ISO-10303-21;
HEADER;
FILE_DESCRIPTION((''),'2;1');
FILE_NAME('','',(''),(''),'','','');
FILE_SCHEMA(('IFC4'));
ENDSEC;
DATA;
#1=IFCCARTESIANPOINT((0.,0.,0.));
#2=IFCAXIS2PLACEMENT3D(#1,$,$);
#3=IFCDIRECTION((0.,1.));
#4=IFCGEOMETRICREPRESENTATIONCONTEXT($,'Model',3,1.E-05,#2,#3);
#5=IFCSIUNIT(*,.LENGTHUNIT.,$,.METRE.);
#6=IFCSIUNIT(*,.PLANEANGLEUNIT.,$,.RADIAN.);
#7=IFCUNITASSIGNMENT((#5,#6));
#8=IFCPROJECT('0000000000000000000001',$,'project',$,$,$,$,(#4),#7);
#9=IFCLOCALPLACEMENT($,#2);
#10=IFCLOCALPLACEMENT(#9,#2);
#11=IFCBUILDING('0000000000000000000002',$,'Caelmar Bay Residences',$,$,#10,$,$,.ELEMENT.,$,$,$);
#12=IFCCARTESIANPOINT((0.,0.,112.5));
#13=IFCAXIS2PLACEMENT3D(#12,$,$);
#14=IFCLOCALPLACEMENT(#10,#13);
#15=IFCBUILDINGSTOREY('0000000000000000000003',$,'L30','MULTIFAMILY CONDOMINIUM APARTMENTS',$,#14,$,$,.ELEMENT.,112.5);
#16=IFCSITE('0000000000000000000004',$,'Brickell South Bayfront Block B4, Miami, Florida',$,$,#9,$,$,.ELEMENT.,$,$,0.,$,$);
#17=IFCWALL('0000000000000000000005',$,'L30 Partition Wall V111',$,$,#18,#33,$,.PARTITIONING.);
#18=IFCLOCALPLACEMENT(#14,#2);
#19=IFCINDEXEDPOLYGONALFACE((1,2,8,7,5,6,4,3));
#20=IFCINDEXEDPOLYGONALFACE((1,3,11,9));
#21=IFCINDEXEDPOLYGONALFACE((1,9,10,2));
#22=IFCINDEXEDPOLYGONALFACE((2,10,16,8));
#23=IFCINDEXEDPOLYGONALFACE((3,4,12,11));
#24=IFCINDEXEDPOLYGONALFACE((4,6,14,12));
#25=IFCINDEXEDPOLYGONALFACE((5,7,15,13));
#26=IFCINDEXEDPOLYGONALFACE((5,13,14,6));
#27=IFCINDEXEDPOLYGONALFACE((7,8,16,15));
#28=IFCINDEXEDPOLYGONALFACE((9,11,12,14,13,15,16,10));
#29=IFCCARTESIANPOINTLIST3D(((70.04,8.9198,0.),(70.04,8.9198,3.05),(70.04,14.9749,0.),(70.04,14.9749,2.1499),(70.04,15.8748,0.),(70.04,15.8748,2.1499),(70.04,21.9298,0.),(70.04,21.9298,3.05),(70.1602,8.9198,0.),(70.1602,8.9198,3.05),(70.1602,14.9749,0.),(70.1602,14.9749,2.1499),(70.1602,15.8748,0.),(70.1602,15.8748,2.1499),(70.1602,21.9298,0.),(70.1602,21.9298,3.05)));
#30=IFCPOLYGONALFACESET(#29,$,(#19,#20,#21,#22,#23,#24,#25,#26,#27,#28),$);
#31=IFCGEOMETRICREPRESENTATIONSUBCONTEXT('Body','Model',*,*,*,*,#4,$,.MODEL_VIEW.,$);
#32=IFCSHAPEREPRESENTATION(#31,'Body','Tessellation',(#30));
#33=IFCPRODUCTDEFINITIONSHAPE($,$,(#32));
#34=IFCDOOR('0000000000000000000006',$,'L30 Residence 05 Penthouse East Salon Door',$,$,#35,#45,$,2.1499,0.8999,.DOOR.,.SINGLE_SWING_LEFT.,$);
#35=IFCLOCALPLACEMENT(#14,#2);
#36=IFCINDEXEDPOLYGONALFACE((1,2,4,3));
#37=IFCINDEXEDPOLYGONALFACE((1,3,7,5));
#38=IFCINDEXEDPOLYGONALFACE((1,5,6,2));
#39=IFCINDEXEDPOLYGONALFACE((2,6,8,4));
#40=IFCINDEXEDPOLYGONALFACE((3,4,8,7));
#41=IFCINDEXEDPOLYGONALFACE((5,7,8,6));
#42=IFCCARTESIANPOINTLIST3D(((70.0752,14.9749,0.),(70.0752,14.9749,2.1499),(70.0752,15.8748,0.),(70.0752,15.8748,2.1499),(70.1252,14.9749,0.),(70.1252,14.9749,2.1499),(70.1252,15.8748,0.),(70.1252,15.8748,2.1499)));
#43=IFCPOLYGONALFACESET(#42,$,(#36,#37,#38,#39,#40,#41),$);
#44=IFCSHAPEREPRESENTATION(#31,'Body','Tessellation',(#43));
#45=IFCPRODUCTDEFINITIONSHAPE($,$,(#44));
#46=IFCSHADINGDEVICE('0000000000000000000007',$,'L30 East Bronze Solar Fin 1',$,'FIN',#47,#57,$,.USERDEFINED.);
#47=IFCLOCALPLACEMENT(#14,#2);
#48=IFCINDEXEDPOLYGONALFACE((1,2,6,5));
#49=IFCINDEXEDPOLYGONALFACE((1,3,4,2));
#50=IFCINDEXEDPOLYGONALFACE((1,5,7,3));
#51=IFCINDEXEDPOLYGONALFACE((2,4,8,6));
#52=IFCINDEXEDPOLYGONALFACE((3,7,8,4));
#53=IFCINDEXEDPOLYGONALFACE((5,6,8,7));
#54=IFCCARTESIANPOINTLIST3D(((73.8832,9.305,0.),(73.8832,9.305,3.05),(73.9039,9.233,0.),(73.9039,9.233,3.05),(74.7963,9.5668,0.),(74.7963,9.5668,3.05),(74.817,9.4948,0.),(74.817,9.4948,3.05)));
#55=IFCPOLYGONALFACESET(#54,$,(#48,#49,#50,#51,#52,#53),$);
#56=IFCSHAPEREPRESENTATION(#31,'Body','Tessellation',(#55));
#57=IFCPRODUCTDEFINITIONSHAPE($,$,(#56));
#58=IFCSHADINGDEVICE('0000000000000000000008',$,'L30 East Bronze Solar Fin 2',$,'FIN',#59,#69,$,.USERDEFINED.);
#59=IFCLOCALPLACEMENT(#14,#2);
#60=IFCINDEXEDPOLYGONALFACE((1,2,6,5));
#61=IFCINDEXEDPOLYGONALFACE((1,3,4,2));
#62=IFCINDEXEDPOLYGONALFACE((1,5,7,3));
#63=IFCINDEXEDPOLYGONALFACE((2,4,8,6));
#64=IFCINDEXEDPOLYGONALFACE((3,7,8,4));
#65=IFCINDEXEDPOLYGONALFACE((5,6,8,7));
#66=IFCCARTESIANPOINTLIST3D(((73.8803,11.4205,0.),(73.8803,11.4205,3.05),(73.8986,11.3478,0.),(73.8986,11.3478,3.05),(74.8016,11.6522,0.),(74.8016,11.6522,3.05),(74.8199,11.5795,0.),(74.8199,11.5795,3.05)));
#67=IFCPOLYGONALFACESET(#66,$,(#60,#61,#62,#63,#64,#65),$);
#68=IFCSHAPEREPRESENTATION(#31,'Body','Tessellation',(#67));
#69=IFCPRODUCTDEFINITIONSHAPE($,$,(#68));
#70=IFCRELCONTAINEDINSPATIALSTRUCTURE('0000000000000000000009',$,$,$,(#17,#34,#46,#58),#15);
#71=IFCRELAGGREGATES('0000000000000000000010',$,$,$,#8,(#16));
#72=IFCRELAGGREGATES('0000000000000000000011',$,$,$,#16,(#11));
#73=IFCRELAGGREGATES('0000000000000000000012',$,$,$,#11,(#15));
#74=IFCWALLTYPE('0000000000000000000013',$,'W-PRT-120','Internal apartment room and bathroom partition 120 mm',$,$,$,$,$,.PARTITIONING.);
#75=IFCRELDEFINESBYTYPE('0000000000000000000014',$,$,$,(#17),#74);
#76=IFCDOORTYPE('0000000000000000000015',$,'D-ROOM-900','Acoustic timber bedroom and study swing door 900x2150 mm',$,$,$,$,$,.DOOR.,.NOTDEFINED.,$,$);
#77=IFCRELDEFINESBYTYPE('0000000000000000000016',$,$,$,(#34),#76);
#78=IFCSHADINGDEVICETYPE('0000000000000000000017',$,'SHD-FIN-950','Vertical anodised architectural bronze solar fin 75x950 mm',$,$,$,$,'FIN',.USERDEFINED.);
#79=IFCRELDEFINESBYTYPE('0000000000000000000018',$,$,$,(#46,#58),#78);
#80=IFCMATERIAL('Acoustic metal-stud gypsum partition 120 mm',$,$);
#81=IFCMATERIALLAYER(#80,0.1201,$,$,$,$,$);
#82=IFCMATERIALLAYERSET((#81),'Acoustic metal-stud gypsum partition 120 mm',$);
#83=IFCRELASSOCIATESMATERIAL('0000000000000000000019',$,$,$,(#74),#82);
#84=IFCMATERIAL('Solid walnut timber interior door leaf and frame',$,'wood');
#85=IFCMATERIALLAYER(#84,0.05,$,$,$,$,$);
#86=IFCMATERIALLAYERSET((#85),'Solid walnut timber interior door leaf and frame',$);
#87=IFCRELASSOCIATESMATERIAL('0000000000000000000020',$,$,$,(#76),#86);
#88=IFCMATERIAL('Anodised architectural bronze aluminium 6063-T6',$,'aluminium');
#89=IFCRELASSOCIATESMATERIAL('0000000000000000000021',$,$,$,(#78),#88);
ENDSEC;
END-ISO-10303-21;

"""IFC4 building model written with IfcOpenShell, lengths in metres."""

from ifc_helpers import new_model, si_unit, direction, frame, frame_2d, origin, origin_2d, place, context, subcontext, project, spatial, rectangle, extrude, material, layer, layer_set, material_profile, profile_set, type_object, element, fill, save


model = new_model("IFC4")

# Units and contexts
model_context = context("Model", 3, precision=1e-05, world=origin(), true_north=direction((0.0, 1.0)))
body_context = subcontext(model_context, "Body", "Model", "MODEL_VIEW")
ifc_project = project(units=[si_unit("LENGTHUNIT", "METRE"), si_unit("PLANEANGLEUNIT", "RADIAN")], contexts=[model_context])

# Site, building, storey
site_placement = place(None, origin())
site = spatial("IfcSite", under=ifc_project, at=site_placement, Name="Brickell South Bayfront Block B4, Miami, Florida", CompositionType="ELEMENT", RefElevation=0.0)
building_placement = place(site_placement, origin())
building = spatial("IfcBuilding", under=site, at=building_placement, Name="Caelmar Bay Residences", CompositionType="ELEMENT")
storey_placement = place(building_placement, frame((0.0, 0.0, 112.5)))
storey = spatial("IfcBuildingStorey", under=building, at=storey_placement, Name="L30", Description="MULTIFAMILY CONDOMINIUM APARTMENTS", CompositionType="ELEMENT", Elevation=112.5)

# Wall, opening, door
ifc_material_1 = material(Name="Acoustic metal-stud gypsum partition 120 mm")
ifc_layer_1 = layer(ifc_material_1, 0.1201)
ifc_layer_set_1 = layer_set([ifc_layer_1], Name="Acoustic metal-stud gypsum partition 120 mm")
wall_type_1 = type_object("IfcWallType", Name="W-PRT-120", Description="Internal apartment room and bathroom partition 120 mm", PredefinedType="PARTITIONING", material=ifc_layer_set_1)
wall_1_placement = place(storey_placement, frame((70.1001, 8.9199, 0.0), z_axis=(0.0, 0.0, 1.0), x_axis=(0.0, 1.0, 0.0)))
wall_1 = element("IfcWall", 1, at=wall_1_placement, inside=storey, type_object=wall_type_1, Name="L30 Partition Wall V111", PredefinedType="PARTITIONING", context=body_context, shape_type="SweptSolid", body=[
    extrude(rectangle(XDim=13.01, YDim=0.1201, at=frame_2d((6.5049, 0.0))), origin(), (0.0, 0.0, 1.0), 3.05),
])
opening_placement = place(wall_1_placement, frame((6.0549, 0.0, 0.0)))
opening = element("IfcOpeningElement", 2, at=opening_placement, cuts=wall_1, PredefinedType="OPENING", context=body_context, shape_type="SweptSolid", body=[
    extrude(rectangle(XDim=0.8999, YDim=2.1499, at=frame_2d((0.45, 1.075))), frame((0.0, 0.0701, 0.0), z_axis=(0.0, -1.0, 0.0), x_axis=(1.0, 0.0, 0.0)), (0.0, 0.0, 1.0), 0.1401),
])
ifc_material_2 = material(Name="Solid walnut timber interior door leaf and frame", Category="wood")
ifc_layer_2 = layer(ifc_material_2, 0.05)
ifc_layer_set_2 = layer_set([ifc_layer_2], Name="Solid walnut timber interior door leaf and frame")
door_type = type_object("IfcDoorType", Name="D-ROOM-900", Description="Acoustic timber bedroom and study swing door 900x2150 mm", OperationType="NOTDEFINED", PredefinedType="DOOR", material=ifc_layer_set_2)
door_placement = place(opening_placement, origin())
door = element("IfcDoor", 3, at=door_placement, inside=storey, type_object=door_type, Name="L30 Residence 05 Penthouse East Salon Door", OperationType="SINGLE_SWING_LEFT", OverallHeight=2.1499, OverallWidth=0.8999, PredefinedType="DOOR", context=body_context, shape_type="SweptSolid", body=[
    extrude(rectangle(XDim=0.8999, YDim=2.1499, at=frame_2d((0.45, 1.075))), frame((0.0, 0.0249, 0.0), z_axis=(0.0, -1.0, 0.0), x_axis=(1.0, 0.0, 0.0)), (0.0, 0.0, 1.0), 0.05),
])
fill(opening, door)

# Shading devices
ifc_material_3 = material(Name="Anodised architectural bronze aluminium 6063-T6", Category="aluminium")
ifc_material_profile_1 = material_profile(ifc_material_3, rectangle(XDim=0.075, YDim=0.95, at=origin_2d()), Name="BRONZE-FIN-75X950")
ifc_profile_set_1 = profile_set([ifc_material_profile_1], Name="Anodised architectural bronze aluminium 6063-T6")
shading_device_type = type_object("IfcShadingDeviceType", Name="SHD-FIN-950", Description="Vertical anodised architectural bronze solar fin 75x950 mm", ElementType="FIN", PredefinedType="USERDEFINED", material=ifc_profile_set_1)
for number, where, z_axis, x_axis, name in (
    (4, (74.3501, 9.3999, 0.0), (0.0, 0.0, 1.0), (-0.275637, 0.961262, 0.0), "L30 East Bronze Solar Fin 1"),
    (5, (74.3501, 11.5, 0.0), (0.0, 0.0, 1.0), (-0.243954, 0.969787, 0.0), "L30 East Bronze Solar Fin 2"),
):
    element("IfcShadingDevice", number, at=place(storey_placement, frame(where, z_axis=z_axis, x_axis=x_axis)), inside=storey, type_object=shading_device_type, Name=name, ObjectType="FIN", PredefinedType="USERDEFINED", context=body_context, shape_type="SweptSolid", body=[
        extrude(rectangle(XDim=0.075, YDim=0.95, at=origin_2d()), origin(), (0.0, 0.0, 1.0), 3.05),
    ])

save(model, "model.ifc")
